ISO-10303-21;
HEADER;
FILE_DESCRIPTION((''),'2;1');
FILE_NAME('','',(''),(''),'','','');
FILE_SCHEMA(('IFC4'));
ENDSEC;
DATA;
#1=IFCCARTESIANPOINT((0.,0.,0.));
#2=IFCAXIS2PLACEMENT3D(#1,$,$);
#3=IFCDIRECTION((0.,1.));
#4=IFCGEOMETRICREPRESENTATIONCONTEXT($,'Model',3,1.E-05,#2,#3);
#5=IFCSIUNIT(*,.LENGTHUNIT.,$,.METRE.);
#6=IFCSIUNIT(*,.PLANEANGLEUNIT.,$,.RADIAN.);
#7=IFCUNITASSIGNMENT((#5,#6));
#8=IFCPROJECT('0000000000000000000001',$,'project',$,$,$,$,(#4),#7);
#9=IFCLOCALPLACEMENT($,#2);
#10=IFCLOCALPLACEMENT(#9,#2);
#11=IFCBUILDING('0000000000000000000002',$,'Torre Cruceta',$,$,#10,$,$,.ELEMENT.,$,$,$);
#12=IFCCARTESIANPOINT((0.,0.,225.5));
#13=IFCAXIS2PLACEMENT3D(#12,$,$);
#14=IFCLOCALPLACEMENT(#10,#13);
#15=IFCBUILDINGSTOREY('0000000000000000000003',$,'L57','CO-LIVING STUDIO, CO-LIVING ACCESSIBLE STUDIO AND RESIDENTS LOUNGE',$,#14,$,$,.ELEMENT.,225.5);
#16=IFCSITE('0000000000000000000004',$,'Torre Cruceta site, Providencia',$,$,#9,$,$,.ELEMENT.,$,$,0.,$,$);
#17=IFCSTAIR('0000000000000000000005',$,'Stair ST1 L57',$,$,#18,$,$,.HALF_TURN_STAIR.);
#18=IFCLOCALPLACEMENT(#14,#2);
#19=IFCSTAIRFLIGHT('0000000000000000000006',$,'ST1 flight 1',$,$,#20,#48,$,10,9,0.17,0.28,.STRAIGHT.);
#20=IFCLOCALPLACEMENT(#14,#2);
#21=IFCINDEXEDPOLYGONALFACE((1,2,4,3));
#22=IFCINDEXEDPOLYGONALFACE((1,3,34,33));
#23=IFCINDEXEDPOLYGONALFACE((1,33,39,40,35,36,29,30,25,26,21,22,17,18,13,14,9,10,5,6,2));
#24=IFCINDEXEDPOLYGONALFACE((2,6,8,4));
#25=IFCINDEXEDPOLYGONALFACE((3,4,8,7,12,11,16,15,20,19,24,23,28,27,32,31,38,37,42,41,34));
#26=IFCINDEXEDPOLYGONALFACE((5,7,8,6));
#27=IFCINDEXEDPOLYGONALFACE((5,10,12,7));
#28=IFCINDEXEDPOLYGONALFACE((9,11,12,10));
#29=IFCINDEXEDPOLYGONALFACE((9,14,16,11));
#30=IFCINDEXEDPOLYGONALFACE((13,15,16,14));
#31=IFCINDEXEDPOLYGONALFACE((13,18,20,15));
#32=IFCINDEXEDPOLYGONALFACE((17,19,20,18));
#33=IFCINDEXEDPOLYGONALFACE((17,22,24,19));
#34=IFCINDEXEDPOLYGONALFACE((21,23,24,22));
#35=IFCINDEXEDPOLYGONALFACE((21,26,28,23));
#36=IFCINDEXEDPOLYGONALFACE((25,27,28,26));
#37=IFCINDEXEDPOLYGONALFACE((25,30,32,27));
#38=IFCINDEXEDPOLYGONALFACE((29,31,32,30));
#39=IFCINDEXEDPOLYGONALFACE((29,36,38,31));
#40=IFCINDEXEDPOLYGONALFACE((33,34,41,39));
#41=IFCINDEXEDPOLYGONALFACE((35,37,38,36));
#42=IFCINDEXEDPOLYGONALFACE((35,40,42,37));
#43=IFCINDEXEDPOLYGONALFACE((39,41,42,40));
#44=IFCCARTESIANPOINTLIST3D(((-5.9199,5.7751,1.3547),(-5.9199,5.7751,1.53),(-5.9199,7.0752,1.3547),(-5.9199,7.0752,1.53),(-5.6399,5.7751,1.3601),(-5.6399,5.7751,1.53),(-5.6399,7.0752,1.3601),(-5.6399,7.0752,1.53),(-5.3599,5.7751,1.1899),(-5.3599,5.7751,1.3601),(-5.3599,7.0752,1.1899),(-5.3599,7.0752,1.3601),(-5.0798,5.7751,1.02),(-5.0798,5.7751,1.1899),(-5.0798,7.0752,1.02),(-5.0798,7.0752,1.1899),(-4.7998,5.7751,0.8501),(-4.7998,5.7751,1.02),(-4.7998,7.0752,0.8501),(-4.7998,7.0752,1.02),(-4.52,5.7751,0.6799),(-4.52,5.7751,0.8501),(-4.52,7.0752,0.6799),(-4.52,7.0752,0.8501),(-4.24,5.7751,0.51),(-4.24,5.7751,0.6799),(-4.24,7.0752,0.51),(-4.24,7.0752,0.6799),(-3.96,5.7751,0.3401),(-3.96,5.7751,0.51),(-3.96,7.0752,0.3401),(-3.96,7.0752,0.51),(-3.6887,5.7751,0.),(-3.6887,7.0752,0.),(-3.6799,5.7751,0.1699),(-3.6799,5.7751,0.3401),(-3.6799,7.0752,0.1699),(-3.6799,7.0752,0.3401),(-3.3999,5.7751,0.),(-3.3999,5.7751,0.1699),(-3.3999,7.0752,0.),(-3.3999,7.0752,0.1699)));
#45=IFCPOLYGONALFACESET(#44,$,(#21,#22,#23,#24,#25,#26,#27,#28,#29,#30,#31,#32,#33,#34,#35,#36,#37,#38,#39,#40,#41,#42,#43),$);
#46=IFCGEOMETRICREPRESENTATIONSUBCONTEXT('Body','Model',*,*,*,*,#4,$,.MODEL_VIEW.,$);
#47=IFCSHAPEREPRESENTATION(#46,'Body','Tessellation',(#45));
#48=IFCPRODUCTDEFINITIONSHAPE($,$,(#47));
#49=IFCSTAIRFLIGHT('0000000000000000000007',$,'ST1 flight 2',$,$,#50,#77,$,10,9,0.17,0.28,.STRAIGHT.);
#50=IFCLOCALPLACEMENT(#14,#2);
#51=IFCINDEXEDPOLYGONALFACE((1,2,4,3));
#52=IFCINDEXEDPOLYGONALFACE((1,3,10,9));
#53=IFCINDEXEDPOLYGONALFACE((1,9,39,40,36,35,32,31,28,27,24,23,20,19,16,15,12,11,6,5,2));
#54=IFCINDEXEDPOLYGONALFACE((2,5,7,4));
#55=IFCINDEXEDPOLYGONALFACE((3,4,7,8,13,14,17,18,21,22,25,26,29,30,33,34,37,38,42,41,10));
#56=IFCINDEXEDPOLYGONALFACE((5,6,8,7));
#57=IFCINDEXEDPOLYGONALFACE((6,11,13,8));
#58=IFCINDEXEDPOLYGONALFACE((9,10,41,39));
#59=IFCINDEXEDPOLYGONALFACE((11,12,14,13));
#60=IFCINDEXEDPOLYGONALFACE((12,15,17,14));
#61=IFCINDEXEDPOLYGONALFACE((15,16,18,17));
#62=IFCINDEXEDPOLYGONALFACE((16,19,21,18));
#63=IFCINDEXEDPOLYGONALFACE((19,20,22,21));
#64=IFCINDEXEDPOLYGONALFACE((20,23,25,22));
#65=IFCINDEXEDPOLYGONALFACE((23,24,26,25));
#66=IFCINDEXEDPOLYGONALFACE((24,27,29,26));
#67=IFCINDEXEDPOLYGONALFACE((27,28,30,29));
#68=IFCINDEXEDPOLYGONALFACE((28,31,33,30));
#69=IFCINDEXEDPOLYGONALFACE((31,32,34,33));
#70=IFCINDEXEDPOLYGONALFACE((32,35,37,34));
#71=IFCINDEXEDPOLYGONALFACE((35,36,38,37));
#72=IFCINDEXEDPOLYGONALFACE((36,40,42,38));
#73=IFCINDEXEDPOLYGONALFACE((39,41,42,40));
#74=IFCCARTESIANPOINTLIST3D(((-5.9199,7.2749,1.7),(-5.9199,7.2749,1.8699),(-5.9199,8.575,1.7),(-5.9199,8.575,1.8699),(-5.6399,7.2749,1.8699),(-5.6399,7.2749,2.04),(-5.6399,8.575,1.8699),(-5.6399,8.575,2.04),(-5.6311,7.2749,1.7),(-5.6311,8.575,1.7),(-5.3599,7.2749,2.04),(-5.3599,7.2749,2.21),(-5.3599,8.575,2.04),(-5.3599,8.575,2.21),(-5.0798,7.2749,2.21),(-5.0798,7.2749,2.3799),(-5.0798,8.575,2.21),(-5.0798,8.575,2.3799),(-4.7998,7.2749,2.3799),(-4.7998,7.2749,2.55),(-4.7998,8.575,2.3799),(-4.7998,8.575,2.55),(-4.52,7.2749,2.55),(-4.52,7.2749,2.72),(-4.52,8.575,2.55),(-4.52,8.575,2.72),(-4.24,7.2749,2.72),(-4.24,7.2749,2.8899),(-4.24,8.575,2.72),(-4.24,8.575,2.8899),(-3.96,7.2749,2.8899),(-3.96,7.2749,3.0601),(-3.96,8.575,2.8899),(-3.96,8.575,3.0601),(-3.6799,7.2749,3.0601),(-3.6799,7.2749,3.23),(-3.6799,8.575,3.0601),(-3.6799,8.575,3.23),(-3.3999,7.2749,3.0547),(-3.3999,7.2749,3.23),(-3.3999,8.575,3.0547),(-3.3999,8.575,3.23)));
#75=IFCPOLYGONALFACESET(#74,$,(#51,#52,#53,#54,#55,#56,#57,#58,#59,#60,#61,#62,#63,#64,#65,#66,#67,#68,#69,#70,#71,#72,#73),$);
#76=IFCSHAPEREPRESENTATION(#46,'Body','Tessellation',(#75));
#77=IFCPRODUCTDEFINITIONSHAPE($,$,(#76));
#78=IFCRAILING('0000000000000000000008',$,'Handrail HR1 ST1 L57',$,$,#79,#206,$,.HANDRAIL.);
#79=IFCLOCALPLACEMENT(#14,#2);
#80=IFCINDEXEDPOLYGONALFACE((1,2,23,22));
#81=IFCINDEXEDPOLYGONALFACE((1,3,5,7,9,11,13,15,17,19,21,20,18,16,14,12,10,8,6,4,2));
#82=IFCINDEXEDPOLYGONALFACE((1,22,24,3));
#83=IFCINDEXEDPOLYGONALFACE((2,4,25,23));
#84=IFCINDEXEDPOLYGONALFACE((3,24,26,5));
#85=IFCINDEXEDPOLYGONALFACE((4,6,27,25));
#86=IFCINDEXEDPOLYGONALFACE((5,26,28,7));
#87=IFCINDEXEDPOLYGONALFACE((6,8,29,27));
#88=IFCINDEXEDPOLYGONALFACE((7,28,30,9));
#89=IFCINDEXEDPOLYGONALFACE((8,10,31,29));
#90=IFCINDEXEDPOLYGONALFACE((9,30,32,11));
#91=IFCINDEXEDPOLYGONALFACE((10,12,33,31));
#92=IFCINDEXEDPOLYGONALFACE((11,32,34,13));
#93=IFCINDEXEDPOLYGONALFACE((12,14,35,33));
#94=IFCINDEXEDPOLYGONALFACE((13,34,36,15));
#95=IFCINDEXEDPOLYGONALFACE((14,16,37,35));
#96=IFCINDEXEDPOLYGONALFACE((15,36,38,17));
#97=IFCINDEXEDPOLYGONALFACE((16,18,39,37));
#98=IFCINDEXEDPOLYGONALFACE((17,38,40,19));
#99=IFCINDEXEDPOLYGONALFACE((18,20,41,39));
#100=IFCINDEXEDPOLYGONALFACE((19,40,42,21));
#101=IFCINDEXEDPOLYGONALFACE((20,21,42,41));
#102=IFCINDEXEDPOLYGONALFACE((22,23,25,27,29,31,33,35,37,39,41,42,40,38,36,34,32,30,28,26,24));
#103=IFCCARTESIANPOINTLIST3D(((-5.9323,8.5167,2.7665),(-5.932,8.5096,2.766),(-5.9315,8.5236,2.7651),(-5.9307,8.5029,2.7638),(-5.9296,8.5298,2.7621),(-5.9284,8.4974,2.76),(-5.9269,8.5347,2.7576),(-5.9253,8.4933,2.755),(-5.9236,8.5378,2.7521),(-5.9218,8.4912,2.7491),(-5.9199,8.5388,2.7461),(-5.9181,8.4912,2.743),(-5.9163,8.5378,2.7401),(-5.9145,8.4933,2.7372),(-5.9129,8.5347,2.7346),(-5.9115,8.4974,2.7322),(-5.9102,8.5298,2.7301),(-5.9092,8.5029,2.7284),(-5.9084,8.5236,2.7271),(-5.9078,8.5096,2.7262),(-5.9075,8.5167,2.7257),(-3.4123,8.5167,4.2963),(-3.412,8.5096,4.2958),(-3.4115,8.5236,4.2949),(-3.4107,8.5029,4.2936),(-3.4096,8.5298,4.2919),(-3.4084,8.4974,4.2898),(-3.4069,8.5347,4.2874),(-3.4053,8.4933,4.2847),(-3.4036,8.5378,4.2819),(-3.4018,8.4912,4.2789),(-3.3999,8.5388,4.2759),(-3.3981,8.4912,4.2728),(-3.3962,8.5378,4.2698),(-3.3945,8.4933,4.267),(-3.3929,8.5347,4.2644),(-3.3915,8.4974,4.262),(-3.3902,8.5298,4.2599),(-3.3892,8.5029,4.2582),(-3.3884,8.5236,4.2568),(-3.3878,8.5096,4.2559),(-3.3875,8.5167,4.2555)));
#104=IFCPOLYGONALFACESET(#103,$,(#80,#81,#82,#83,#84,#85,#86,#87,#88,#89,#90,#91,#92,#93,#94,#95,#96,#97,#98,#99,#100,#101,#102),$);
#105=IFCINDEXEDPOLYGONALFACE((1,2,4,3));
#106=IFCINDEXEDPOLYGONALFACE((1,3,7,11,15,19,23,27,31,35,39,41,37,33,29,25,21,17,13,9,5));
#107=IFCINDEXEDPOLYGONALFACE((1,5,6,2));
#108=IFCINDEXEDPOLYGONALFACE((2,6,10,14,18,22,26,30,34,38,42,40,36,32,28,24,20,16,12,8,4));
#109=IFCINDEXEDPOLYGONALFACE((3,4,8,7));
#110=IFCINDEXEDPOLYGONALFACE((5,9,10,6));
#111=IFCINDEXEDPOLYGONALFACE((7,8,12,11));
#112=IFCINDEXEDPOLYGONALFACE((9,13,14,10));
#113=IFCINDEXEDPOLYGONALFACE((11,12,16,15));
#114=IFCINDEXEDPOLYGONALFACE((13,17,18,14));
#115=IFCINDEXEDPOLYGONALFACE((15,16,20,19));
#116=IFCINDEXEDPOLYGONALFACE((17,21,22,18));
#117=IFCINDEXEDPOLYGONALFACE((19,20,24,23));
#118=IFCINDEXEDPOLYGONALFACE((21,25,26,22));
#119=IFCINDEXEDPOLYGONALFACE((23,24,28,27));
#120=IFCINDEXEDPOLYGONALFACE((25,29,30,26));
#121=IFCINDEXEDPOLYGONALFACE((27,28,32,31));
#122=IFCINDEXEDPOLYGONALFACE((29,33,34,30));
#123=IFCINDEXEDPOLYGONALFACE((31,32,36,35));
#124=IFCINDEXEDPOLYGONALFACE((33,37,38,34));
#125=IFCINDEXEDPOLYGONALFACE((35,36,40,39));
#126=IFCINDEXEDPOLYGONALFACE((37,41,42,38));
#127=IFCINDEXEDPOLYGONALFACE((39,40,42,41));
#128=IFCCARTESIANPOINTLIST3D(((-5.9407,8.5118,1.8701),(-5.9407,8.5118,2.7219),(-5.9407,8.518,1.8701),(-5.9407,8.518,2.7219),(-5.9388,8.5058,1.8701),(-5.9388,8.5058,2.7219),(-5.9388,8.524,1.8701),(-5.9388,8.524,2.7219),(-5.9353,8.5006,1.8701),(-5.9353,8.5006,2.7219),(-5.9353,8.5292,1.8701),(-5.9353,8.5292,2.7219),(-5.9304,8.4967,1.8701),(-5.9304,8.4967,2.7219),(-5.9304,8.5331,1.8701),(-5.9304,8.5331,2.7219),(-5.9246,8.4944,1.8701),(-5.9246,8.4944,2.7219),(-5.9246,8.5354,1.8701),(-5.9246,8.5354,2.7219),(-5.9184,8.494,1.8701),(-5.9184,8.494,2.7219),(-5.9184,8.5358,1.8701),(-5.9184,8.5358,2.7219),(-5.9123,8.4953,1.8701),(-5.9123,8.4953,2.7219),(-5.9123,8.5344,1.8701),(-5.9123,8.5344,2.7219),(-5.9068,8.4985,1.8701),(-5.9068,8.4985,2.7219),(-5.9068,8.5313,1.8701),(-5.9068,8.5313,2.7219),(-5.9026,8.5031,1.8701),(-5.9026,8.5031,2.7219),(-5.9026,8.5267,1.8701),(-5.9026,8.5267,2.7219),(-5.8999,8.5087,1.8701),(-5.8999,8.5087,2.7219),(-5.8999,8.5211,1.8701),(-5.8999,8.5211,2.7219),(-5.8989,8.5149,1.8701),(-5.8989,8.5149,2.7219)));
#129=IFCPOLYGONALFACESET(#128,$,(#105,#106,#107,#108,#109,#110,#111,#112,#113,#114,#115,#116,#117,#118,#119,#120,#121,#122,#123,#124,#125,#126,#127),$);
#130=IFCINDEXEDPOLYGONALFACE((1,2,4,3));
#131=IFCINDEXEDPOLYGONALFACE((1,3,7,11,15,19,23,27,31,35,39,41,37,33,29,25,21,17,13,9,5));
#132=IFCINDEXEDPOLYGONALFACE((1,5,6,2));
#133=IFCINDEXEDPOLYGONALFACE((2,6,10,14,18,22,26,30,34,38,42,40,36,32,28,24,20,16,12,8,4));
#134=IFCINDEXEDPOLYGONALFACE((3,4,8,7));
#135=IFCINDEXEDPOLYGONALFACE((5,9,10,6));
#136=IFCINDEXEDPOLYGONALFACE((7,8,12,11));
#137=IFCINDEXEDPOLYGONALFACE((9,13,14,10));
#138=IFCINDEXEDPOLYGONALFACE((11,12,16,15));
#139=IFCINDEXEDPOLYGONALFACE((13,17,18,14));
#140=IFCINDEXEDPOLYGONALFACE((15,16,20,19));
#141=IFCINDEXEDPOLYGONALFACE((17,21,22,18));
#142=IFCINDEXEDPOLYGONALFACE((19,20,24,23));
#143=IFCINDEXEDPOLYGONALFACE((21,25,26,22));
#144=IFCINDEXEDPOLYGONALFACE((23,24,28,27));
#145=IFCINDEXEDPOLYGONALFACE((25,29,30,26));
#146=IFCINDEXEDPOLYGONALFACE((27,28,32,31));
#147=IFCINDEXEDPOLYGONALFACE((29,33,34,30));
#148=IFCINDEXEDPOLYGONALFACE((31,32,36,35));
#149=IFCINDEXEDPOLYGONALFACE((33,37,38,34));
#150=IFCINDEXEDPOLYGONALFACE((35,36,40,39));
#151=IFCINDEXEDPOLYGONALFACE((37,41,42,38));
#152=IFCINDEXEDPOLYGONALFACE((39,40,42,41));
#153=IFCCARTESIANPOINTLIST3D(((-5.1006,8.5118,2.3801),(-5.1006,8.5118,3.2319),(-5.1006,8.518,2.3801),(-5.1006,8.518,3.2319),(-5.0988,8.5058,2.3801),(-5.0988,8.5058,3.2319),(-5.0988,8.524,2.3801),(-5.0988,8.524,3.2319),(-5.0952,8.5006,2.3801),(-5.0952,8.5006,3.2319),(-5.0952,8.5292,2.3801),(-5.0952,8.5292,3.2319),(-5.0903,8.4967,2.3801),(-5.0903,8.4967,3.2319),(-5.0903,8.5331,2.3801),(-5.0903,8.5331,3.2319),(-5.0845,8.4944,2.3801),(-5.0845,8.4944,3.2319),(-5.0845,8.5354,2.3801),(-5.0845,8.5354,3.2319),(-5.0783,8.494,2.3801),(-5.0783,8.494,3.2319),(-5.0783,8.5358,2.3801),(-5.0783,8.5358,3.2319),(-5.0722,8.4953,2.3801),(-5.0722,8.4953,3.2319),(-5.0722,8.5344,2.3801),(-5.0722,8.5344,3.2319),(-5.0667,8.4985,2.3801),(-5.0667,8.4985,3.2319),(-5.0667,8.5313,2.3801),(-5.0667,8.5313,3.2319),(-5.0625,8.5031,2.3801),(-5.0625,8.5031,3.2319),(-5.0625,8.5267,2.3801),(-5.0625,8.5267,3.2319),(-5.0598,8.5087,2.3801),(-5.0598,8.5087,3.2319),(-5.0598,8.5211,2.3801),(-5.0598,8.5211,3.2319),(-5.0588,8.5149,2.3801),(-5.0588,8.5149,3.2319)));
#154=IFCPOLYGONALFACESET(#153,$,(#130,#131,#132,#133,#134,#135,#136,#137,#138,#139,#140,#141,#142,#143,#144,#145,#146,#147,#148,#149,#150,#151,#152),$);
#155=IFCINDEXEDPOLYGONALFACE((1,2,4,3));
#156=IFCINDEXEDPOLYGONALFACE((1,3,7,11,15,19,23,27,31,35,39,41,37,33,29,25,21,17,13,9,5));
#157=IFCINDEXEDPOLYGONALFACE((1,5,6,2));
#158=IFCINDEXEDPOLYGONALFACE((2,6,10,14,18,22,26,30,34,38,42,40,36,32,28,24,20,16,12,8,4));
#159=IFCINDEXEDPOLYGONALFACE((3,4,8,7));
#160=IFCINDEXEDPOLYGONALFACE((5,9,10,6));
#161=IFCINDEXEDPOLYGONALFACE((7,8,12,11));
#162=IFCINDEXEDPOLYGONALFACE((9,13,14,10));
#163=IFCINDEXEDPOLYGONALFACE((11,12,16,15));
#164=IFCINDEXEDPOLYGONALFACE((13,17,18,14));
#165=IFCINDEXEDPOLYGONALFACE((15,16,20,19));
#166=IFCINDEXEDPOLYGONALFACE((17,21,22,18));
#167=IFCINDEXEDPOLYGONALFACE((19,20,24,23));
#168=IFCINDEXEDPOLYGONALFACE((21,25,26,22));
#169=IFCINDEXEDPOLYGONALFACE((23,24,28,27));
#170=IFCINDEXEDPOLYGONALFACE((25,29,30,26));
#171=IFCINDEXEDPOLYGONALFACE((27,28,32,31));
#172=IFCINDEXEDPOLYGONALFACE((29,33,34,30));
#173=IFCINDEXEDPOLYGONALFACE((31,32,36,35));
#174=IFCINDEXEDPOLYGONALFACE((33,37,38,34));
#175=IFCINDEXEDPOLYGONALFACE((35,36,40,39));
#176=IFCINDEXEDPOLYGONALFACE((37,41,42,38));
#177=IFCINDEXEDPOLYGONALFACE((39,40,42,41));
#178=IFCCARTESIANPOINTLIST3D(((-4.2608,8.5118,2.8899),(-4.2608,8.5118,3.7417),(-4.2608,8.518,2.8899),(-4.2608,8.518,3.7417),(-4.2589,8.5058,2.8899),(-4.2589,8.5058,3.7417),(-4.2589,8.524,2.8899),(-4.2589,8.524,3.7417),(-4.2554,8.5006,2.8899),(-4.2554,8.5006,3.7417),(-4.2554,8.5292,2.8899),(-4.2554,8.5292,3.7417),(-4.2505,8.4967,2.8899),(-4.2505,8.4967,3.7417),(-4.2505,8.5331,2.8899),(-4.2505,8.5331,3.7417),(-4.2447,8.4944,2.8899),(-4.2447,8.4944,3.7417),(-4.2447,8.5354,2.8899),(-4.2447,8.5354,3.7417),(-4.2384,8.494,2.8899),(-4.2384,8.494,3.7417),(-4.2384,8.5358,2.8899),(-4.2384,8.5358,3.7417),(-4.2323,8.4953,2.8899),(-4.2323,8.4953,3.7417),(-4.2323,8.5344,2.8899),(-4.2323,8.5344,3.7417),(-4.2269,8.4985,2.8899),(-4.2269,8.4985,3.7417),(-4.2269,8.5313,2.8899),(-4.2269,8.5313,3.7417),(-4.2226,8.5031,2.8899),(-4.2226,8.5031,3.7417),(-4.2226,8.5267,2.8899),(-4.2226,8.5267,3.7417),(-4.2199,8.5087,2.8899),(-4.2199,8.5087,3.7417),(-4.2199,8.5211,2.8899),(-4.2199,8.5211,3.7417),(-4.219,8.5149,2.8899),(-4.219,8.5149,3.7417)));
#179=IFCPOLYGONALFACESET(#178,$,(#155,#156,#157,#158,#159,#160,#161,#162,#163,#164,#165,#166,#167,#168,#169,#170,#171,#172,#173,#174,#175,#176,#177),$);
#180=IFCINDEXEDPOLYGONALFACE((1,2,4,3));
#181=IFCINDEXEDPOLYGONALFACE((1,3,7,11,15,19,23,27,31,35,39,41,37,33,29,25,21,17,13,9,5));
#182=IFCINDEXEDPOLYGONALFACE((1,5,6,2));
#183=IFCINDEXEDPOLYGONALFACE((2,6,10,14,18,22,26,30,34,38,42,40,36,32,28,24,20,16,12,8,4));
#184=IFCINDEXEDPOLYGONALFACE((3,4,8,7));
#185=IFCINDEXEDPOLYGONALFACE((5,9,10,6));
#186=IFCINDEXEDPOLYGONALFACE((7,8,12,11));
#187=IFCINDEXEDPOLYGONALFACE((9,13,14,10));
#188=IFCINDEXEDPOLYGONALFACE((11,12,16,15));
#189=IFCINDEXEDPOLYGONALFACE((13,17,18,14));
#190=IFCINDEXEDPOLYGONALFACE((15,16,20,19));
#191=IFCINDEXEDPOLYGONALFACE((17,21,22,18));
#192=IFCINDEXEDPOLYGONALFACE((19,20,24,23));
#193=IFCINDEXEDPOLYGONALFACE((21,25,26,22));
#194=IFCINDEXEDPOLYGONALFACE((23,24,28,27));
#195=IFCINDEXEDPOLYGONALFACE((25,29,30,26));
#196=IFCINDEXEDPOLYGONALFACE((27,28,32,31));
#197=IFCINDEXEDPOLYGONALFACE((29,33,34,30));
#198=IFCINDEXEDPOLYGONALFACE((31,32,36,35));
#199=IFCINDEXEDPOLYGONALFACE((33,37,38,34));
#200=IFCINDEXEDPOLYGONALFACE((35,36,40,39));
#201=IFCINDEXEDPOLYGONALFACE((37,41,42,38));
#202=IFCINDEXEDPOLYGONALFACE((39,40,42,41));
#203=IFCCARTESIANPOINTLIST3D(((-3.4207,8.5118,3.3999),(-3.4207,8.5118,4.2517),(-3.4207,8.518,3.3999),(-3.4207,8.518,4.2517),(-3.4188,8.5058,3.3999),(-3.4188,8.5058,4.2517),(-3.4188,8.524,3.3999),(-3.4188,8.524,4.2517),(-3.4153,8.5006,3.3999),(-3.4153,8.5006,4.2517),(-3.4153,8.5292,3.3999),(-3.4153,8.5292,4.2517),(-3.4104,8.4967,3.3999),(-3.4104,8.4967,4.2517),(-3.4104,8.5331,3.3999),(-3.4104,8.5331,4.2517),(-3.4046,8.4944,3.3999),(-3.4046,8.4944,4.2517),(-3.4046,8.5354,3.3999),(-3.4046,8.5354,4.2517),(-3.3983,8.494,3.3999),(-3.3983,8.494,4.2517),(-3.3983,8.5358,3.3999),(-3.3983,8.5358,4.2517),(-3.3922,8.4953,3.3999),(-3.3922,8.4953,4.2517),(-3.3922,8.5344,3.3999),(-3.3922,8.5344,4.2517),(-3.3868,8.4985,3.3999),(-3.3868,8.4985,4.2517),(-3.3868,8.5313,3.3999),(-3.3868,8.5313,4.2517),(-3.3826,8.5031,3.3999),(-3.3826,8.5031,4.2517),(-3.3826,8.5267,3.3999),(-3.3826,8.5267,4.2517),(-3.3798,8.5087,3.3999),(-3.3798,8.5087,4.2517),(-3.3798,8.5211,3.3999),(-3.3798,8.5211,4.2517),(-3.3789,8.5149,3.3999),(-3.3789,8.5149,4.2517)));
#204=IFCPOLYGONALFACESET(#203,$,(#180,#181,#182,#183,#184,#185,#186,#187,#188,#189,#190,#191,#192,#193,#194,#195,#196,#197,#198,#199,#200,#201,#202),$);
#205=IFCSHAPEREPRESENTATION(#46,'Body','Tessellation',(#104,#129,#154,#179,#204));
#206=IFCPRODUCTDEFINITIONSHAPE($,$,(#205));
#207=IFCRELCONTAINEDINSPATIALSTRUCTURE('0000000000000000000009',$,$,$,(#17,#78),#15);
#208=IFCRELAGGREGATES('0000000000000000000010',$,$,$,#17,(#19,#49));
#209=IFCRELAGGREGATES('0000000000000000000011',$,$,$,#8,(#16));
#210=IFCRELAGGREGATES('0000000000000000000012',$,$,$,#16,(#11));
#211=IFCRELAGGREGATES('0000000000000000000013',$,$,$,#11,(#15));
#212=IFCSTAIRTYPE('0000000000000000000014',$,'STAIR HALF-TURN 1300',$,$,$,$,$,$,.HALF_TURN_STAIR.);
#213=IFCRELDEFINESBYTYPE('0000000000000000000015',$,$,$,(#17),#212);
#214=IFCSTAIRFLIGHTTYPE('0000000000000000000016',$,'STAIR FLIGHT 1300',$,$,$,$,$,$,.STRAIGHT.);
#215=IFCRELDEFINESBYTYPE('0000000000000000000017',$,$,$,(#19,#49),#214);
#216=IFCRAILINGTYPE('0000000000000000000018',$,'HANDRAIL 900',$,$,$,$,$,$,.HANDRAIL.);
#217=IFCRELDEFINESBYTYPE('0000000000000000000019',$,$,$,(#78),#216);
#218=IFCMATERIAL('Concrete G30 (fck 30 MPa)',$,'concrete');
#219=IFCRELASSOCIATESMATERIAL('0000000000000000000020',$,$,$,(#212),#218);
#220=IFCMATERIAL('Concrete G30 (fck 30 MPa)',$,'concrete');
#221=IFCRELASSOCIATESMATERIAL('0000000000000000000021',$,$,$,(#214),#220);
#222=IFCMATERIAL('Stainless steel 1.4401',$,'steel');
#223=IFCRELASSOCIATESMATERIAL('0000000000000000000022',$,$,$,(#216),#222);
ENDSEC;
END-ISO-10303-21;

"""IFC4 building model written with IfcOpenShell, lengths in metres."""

from ifc_helpers import new_model, si_unit, direction, frame, origin, origin_2d, place, context, subcontext, project, spatial, polyline, circle, outline, extrude, material, type_object, element, aggregate, save


model = new_model("IFC4")

# Units and contexts
model_context = context("Model", 3, precision=1e-05, world=origin(), true_north=direction((0.0, 1.0)))
body_context = subcontext(model_context, "Body", "Model", "MODEL_VIEW")
ifc_project = project(units=[si_unit("LENGTHUNIT", "METRE"), si_unit("PLANEANGLEUNIT", "RADIAN")], contexts=[model_context])

# Site, building, storey
site_placement = place(None, origin())
site = spatial("IfcSite", under=ifc_project, at=site_placement, Name="Torre Cruceta site, Providencia", CompositionType="ELEMENT", RefElevation=0.0)
building_placement = place(site_placement, origin())
building = spatial("IfcBuilding", under=site, at=building_placement, Name="Torre Cruceta", CompositionType="ELEMENT")
storey_placement = place(building_placement, frame((0.0, 0.0, 225.5)))
storey = spatial("IfcBuildingStorey", under=building, at=storey_placement, Name="L57", Description="CO-LIVING STUDIO, CO-LIVING ACCESSIBLE STUDIO AND RESIDENTS LOUNGE", CompositionType="ELEMENT", Elevation=225.5)

# Stair, stair flights
ifc_material_1 = material(Name="Concrete G30 (fck 30 MPa)", Category="concrete")
stair_type = type_object("IfcStairType", Name="STAIR HALF-TURN 1300", PredefinedType="HALF_TURN_STAIR", material=ifc_material_1)
stair_placement = place(storey_placement, origin())
stair = element("IfcStair", 1, at=stair_placement, inside=storey, type_object=stair_type, Name="Stair ST1 L57", PredefinedType="HALF_TURN_STAIR")
ifc_material_2 = material(Name="Concrete G30 (fck 30 MPa)", Category="concrete")
stair_flight_type = type_object("IfcStairFlightType", Name="STAIR FLIGHT 1300", PredefinedType="STRAIGHT", material=ifc_material_2)
stair_flight_1_placement = place(storey_placement, frame((-3.3999, 6.425, 0.0), z_axis=(0.0, 0.0, 1.0), x_axis=(-1.0, 0.0, 0.0)))
stair_flight_1 = element("IfcStairFlight", 2, at=stair_flight_1_placement, type_object=stair_flight_type, Name="ST1 flight 1", NumberOfRisers=10, NumberOfTreads=9, PredefinedType="STRAIGHT", RiserHeight=0.17, TreadLength=0.28, context=body_context, shape_type="SweptSolid", body=[
    extrude(outline(polyline([(0.0, 0.0), (0.0, 0.1699), (0.28, 0.1699), (0.28, 0.3401), (0.5601, 0.3401), (0.5601, 0.51), (0.8401, 0.51), (0.8401, 0.6799), (1.1201, 0.6799), (1.1201, 0.8501), (1.3999, 0.8501), (1.3999, 1.02), (1.6799, 1.02), (1.6799, 1.1899), (1.96, 1.1899), (1.96, 1.3601), (2.24, 1.3601), (2.24, 1.53), (2.52, 1.53), (2.52, 1.7), (2.52, 1.3547), (0.2888, 0.0), (0.0, 0.0)])), frame((0.0, 0.6499, 0.0), z_axis=(0.0, -1.0, 0.0), x_axis=(1.0, 0.0, 0.0)), (0.0, 0.0, 1.0), 1.3),
])
stair_flight_2_placement = place(storey_placement, frame((-5.9199, 7.925, 1.7), z_axis=(0.0, 0.0, 1.0), x_axis=(1.0, 0.0, 0.0)))
stair_flight_2 = element("IfcStairFlight", 3, at=stair_flight_2_placement, type_object=stair_flight_type, Name="ST1 flight 2", NumberOfRisers=10, NumberOfTreads=9, PredefinedType="STRAIGHT", RiserHeight=0.17, TreadLength=0.28, context=body_context, shape_type="SweptSolid", body=[
    extrude(outline(polyline([(0.0, 0.0), (0.0, 0.1699), (0.28, 0.1699), (0.28, 0.3401), (0.5601, 0.3401), (0.5601, 0.51), (0.8401, 0.51), (0.8401, 0.6799), (1.1201, 0.6799), (1.1201, 0.8501), (1.3999, 0.8501), (1.3999, 1.02), (1.6799, 1.02), (1.6799, 1.1899), (1.96, 1.1899), (1.96, 1.3601), (2.24, 1.3601), (2.24, 1.53), (2.52, 1.53), (2.52, 1.7), (2.52, 1.3547), (0.2888, 0.0), (0.0, 0.0)])), frame((0.0, 0.6499, 0.0), z_axis=(0.0, -1.0, 0.0), x_axis=(1.0, 0.0, 0.0)), (0.0, 0.0, 1.0), 1.3),
])
aggregate(stair, [stair_flight_1, stair_flight_2])

# Railing
ifc_material_3 = material(Name="Stainless steel 1.4401", Category="steel")
railing_type = type_object("IfcRailingType", Name="HANDRAIL 900", PredefinedType="HANDRAIL", material=ifc_material_3)
railing_1_placement = place(storey_placement, frame((-5.9199, 8.5149, 1.8701)))
element("IfcRailing", 4, at=railing_1_placement, inside=storey, type_object=railing_type, Name="Handrail HR1 ST1 L57", PredefinedType="HANDRAIL", context=body_context, shape_type="SweptSolid", body=[
    extrude(circle(Radius=0.0239, at=origin_2d()), frame((0.0, 0.0, 0.876), z_axis=(0.854822, 0.0, 0.518922), x_axis=(0.0, 1.0, 0.0)), (0.0, 0.0, 1.0), 2.948),
    extrude(circle(Radius=0.021, at=origin_2d()), origin(), (0.0, 0.0, 1.0), 0.8518),
    extrude(circle(Radius=0.021, at=origin_2d()), frame((0.8401, 0.0, 0.51)), (0.0, 0.0, 1.0), 0.8518),
    extrude(circle(Radius=0.021, at=origin_2d()), frame((1.6799, 0.0, 1.0198)), (0.0, 0.0, 1.0), 0.8518),
    extrude(circle(Radius=0.021, at=origin_2d()), frame((2.52, 0.0, 1.5298)), (0.0, 0.0, 1.0), 0.8518),
])

save(model, "model.ifc")
